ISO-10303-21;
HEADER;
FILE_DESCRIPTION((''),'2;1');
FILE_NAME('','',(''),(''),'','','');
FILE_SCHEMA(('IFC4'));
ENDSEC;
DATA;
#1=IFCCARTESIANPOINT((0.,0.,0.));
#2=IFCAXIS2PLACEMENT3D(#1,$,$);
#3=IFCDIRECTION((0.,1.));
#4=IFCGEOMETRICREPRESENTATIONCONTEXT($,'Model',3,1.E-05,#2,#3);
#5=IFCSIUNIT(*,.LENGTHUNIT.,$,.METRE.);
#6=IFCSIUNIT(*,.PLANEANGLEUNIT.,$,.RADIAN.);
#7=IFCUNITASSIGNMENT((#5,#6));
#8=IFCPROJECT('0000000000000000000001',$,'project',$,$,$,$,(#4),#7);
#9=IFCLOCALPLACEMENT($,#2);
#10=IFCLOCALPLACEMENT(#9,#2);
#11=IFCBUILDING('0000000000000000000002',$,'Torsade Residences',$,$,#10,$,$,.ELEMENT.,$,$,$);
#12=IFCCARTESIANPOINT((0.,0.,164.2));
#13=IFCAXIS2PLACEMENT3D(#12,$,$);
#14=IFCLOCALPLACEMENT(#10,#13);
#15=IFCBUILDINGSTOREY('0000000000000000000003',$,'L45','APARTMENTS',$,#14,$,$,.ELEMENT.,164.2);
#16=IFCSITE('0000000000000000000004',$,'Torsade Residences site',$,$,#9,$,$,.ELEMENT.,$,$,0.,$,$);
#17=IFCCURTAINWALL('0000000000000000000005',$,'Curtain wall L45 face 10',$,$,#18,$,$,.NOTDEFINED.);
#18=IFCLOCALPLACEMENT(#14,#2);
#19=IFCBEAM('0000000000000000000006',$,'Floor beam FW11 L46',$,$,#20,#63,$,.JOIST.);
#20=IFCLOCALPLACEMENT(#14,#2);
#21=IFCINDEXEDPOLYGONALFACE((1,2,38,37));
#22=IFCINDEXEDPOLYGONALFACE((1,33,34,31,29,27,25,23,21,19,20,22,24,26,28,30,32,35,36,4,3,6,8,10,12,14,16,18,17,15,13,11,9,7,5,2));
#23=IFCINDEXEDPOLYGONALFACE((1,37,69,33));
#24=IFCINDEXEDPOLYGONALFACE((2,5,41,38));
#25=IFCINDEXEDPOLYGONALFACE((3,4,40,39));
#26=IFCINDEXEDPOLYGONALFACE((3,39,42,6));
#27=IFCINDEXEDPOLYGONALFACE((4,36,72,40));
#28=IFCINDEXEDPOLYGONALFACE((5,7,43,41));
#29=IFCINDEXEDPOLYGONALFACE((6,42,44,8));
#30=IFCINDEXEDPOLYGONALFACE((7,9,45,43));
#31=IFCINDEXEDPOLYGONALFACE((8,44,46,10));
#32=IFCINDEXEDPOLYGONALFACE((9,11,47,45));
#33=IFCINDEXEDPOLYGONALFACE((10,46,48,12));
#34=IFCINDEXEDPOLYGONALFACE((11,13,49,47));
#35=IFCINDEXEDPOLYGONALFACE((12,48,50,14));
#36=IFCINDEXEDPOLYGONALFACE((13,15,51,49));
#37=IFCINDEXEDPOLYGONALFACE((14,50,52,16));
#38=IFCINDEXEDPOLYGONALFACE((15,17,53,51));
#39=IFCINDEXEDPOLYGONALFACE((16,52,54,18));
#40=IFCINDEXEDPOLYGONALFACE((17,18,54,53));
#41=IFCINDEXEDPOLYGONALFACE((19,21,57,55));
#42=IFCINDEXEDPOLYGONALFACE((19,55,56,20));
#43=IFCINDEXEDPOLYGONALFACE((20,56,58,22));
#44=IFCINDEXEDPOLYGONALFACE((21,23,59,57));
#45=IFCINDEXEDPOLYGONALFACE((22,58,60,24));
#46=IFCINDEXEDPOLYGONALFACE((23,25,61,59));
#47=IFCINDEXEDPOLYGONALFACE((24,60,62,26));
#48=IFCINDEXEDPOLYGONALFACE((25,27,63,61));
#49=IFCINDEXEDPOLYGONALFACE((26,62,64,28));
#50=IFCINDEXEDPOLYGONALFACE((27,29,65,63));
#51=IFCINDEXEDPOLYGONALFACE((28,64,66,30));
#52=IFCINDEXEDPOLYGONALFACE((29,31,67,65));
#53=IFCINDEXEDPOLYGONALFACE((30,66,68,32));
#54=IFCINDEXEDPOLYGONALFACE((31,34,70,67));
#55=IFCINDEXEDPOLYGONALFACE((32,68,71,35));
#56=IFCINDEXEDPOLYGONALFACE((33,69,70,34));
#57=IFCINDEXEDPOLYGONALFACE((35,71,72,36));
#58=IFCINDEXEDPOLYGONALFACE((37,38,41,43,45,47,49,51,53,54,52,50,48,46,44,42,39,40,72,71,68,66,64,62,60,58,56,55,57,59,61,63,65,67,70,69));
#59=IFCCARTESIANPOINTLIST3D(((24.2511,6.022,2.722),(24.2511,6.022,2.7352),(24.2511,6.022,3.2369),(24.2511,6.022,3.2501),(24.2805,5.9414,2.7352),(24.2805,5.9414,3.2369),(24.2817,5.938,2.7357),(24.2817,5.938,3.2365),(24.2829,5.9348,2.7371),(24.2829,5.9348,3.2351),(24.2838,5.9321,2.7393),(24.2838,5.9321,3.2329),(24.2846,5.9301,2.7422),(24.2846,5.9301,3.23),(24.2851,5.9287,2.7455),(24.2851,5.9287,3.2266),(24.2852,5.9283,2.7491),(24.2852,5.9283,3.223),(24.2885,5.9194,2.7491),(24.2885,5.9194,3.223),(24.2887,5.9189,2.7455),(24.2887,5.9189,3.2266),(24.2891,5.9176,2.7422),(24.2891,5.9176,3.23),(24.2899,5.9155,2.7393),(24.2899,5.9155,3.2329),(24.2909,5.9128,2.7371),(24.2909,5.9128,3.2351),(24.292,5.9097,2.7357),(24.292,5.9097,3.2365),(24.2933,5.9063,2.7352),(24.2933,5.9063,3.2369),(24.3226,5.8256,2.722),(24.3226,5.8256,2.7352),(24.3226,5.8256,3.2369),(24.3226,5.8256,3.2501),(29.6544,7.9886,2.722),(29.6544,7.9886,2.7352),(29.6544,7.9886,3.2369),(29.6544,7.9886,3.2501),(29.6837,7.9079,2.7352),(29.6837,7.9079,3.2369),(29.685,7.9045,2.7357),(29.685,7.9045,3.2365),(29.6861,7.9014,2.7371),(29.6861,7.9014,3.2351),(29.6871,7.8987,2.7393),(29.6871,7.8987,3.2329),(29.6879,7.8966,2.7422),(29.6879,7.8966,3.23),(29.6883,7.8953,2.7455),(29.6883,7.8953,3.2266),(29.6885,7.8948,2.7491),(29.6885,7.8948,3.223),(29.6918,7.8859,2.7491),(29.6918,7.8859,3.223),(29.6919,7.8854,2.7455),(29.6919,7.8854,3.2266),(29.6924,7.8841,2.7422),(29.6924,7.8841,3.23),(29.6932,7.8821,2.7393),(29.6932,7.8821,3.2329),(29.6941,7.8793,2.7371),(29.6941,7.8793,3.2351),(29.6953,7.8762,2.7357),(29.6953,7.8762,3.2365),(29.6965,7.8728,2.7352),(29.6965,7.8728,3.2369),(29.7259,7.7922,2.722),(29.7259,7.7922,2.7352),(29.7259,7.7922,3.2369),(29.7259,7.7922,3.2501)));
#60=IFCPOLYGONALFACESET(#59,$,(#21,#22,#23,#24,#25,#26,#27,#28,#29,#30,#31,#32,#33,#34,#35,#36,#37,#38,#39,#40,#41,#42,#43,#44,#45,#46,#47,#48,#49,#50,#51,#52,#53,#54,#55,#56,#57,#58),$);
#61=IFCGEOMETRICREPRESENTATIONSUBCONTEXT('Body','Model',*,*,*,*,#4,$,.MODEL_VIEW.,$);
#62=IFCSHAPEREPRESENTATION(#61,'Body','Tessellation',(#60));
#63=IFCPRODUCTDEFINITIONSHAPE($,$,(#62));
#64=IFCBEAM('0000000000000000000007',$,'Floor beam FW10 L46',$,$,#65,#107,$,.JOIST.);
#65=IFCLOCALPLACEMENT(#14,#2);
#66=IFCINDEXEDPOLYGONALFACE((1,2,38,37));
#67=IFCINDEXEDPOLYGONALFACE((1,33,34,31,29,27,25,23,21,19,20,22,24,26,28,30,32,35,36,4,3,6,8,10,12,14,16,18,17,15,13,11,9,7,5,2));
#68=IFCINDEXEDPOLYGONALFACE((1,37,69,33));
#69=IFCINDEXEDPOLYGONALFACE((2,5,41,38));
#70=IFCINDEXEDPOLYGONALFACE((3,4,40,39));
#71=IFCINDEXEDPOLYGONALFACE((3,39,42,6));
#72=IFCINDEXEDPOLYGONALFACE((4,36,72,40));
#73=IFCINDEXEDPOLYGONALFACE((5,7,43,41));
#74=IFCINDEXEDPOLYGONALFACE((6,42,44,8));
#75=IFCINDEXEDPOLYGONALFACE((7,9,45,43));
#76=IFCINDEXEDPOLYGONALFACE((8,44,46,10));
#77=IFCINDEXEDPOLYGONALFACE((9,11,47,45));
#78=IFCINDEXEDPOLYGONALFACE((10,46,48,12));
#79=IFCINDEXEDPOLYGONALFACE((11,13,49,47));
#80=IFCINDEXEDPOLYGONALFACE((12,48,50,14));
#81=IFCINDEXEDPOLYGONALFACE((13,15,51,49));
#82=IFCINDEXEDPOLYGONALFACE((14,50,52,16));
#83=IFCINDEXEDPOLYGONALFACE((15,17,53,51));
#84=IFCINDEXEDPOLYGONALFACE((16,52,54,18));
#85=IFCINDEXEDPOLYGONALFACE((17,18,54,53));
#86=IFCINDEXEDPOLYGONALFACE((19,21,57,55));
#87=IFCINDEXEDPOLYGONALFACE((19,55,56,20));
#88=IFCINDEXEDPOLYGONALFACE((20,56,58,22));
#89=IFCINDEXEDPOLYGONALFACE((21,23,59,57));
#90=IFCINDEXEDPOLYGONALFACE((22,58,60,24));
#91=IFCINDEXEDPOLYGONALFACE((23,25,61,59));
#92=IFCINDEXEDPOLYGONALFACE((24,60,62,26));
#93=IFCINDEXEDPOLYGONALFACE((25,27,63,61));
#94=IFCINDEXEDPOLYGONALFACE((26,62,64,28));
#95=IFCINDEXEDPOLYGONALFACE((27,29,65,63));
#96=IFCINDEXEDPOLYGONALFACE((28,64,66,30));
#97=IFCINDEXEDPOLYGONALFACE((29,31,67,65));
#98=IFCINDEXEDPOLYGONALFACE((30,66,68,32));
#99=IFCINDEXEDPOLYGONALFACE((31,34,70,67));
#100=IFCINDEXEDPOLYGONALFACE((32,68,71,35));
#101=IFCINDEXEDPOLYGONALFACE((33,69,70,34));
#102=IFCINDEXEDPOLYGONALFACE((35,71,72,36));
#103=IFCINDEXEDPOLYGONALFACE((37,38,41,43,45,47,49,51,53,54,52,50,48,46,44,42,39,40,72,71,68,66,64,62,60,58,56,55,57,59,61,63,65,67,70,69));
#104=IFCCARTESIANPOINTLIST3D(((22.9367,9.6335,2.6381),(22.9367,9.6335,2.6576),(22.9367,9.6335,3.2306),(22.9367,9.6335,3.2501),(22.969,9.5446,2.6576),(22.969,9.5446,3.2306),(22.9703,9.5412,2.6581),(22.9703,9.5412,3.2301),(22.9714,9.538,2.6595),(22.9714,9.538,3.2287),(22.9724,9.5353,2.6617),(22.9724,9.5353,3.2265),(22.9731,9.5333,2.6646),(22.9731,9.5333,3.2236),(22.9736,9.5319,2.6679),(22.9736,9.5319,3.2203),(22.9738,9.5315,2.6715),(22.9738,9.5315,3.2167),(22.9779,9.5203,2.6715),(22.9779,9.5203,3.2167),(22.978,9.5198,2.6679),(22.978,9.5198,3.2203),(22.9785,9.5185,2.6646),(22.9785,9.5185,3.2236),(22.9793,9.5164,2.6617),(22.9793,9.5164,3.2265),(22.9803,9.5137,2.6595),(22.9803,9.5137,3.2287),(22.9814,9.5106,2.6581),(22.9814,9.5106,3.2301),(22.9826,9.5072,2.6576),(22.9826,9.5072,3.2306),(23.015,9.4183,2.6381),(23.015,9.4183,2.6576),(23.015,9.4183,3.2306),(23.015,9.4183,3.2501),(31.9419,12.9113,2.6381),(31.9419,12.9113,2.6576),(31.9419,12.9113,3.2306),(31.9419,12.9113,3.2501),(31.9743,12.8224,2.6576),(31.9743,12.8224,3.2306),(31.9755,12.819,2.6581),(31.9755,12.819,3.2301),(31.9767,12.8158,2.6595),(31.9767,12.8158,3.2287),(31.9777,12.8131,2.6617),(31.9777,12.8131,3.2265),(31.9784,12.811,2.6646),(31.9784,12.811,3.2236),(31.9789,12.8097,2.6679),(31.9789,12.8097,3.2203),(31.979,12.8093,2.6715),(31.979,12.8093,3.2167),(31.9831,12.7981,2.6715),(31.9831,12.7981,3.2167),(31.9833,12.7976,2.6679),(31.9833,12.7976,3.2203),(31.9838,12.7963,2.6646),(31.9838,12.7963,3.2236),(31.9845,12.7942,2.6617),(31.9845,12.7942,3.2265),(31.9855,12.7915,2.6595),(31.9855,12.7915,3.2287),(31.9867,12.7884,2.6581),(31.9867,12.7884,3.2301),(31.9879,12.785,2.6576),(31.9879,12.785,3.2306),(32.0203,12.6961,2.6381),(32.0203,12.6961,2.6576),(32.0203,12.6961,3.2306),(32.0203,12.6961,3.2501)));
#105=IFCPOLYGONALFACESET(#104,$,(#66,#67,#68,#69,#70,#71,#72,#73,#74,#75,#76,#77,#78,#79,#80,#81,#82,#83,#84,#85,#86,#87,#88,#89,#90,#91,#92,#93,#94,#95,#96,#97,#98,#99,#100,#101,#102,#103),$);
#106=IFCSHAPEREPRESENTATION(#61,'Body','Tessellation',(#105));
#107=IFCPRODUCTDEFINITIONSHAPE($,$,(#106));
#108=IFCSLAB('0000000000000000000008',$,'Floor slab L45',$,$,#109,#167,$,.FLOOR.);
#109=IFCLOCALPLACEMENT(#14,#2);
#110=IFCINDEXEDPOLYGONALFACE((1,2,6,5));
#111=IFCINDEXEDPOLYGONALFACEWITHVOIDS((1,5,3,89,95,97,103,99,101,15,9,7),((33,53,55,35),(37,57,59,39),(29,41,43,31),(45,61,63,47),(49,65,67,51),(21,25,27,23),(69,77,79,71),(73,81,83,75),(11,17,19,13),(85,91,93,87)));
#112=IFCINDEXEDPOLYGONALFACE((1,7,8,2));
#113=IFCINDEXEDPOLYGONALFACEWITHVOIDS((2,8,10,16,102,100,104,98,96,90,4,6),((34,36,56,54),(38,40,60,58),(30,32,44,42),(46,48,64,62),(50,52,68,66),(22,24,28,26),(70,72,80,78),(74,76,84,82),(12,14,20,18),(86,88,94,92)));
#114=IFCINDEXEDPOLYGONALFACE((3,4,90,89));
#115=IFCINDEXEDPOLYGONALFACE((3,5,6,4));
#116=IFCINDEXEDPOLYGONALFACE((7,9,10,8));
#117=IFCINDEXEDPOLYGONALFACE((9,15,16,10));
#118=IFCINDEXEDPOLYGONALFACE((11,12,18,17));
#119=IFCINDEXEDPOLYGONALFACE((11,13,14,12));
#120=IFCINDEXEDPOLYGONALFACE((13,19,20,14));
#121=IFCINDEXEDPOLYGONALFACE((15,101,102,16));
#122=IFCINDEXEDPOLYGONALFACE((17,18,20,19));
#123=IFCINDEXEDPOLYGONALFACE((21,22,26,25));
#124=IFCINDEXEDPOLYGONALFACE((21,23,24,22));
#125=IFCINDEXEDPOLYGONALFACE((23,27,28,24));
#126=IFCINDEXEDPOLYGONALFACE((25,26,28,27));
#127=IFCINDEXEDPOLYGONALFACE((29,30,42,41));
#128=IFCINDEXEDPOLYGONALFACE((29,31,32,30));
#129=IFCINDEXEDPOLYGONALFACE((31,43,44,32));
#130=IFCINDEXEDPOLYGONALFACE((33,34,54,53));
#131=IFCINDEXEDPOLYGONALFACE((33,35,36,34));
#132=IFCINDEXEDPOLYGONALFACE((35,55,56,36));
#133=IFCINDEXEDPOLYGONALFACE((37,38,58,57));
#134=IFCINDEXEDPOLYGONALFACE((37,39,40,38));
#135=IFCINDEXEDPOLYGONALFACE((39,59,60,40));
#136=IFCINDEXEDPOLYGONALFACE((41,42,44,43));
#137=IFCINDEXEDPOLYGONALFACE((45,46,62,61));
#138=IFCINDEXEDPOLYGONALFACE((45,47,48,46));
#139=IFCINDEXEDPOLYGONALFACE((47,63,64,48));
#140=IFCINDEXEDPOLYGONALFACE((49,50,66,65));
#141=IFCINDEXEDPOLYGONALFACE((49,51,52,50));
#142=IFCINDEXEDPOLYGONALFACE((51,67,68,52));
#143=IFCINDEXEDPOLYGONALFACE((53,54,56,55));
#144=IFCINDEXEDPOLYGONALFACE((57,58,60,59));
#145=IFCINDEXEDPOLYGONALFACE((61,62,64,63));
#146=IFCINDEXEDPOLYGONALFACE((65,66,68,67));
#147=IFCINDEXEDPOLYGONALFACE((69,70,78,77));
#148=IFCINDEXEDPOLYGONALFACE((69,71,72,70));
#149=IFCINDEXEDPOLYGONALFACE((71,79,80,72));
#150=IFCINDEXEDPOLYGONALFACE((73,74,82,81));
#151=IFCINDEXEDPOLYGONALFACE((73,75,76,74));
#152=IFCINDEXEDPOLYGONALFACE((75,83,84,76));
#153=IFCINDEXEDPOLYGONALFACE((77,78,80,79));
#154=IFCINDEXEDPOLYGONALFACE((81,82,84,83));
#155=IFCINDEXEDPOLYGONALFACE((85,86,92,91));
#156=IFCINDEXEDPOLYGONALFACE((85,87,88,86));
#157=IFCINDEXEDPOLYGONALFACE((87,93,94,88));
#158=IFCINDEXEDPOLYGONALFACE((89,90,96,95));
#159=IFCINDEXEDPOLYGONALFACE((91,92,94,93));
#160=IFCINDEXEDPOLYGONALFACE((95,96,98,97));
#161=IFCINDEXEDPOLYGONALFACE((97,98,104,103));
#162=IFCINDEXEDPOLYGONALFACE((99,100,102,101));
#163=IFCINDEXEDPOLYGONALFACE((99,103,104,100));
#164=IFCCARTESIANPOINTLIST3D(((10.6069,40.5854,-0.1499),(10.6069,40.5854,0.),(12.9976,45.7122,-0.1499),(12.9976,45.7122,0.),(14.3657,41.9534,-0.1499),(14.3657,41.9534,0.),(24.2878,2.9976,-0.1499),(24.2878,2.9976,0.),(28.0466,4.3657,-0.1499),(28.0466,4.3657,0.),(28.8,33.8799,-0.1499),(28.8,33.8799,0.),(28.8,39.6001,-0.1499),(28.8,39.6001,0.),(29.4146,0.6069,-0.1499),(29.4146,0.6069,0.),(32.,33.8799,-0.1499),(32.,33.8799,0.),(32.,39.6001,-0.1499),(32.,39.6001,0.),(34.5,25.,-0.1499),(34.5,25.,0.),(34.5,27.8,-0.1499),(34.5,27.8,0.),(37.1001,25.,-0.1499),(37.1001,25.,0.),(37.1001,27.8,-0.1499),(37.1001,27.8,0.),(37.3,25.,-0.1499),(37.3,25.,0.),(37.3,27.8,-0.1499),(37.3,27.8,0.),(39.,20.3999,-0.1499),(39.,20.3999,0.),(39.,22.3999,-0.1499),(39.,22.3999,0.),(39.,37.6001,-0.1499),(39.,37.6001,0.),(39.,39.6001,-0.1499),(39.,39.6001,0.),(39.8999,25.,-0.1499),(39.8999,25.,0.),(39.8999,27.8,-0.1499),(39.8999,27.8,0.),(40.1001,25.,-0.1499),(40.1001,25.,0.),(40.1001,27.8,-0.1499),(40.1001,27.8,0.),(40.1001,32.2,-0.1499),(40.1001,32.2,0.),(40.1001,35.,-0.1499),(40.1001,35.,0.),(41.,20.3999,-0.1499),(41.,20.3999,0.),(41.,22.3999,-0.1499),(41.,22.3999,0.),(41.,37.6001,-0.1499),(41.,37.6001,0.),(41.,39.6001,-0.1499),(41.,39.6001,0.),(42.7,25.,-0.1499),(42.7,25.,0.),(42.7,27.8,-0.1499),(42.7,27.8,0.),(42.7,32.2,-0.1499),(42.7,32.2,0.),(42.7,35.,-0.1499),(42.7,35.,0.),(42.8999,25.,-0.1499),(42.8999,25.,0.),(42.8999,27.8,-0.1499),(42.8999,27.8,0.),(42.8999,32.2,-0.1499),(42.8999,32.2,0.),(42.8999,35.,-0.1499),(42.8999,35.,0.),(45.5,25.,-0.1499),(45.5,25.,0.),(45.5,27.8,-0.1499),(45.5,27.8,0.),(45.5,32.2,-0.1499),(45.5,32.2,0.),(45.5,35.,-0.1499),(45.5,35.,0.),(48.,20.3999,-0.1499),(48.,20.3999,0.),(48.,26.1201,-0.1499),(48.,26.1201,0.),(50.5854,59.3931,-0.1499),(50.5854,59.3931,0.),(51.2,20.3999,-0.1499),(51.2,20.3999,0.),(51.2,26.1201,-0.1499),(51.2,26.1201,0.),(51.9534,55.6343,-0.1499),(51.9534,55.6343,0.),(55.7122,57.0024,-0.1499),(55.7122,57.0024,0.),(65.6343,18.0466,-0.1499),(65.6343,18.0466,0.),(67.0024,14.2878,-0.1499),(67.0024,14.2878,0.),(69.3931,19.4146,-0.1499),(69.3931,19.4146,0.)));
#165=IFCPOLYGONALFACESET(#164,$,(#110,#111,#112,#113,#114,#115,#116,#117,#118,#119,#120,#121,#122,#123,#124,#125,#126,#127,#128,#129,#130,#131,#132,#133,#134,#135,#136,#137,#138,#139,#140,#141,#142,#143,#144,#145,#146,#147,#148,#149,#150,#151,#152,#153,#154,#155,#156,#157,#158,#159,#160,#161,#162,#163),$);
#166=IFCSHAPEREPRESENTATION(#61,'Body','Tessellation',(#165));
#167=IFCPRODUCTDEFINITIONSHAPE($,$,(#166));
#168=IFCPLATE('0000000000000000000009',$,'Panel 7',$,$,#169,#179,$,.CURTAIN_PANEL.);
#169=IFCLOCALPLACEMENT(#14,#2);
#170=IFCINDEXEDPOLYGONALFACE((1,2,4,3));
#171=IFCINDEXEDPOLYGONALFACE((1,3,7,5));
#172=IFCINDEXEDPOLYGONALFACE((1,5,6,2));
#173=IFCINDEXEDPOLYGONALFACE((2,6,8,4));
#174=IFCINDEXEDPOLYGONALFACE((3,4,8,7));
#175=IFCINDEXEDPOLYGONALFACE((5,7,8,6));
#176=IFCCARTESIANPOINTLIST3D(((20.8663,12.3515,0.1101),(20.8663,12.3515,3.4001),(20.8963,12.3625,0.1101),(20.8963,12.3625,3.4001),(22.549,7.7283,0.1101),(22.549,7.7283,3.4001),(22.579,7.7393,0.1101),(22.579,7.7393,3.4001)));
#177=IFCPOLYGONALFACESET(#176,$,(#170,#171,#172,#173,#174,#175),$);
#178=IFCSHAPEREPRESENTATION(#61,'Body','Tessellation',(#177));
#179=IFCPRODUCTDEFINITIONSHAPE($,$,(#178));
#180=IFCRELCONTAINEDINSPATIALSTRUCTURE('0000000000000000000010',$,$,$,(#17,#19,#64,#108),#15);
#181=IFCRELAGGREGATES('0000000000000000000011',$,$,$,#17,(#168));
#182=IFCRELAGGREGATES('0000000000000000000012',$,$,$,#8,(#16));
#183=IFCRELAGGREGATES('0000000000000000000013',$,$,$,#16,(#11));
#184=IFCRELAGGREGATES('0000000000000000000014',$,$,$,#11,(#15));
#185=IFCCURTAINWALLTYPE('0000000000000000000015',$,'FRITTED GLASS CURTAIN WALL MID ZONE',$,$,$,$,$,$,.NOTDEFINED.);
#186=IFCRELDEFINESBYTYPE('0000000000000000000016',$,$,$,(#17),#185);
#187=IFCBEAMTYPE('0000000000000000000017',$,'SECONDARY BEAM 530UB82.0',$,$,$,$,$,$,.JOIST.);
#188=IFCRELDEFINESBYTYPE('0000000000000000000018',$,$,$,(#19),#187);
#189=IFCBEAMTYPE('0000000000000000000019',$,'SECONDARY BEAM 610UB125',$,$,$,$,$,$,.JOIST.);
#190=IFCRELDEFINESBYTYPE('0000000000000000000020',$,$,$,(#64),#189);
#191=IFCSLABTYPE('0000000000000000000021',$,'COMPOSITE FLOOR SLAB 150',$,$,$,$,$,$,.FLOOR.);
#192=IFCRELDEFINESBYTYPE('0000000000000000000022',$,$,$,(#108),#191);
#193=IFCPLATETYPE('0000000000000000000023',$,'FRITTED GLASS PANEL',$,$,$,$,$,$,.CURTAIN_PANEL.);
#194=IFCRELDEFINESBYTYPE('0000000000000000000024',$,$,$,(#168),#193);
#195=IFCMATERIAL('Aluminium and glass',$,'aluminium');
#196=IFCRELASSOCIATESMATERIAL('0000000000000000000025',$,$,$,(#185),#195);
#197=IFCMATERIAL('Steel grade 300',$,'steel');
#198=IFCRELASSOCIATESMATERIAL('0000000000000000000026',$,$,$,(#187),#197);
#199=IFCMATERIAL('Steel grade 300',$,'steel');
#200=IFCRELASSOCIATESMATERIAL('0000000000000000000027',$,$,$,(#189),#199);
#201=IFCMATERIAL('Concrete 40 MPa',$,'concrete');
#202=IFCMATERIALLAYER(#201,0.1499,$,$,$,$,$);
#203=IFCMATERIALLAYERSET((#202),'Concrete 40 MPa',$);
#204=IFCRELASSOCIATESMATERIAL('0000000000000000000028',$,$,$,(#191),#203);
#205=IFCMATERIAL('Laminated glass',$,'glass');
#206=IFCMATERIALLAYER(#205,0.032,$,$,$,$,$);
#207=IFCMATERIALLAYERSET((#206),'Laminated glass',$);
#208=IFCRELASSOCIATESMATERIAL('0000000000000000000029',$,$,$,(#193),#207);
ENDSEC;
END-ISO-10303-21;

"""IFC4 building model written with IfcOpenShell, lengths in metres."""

from ifc_helpers import new_model, si_unit, direction, frame, origin, origin_2d, place, context, subcontext, project, spatial, polyline, rectangle, i_section, outline, extrude, material, layer, layer_set, material_profile, profile_set, type_object, element, aggregate, save


model = new_model("IFC4")

# Units and contexts
model_context = context("Model", 3, precision=1e-05, world=origin(), true_north=direction((0.0, 1.0)))
body_context = subcontext(model_context, "Body", "Model", "MODEL_VIEW")
ifc_project = project(units=[si_unit("LENGTHUNIT", "METRE"), si_unit("PLANEANGLEUNIT", "RADIAN")], contexts=[model_context])

# Site, building, storey
site_placement = place(None, origin())
site = spatial("IfcSite", under=ifc_project, at=site_placement, Name="Torsade Residences site", CompositionType="ELEMENT", RefElevation=0.0)
building_placement = place(site_placement, origin())
building = spatial("IfcBuilding", under=site, at=building_placement, Name="Torsade Residences", CompositionType="ELEMENT")
storey_placement = place(building_placement, frame((0.0, 0.0, 164.2)))
storey = spatial("IfcBuildingStorey", under=building, at=storey_placement, Name="L45", Description="APARTMENTS", CompositionType="ELEMENT", Elevation=164.2)

# Curtain wall
ifc_material_1 = material(Name="Aluminium and glass", Category="aluminium")
curtain_wall_type = type_object("IfcCurtainWallType", Name="FRITTED GLASS CURTAIN WALL MID ZONE", PredefinedType="NOTDEFINED", material=ifc_material_1)
curtain_wall_placement = place(storey_placement, origin())
curtain_wall = element("IfcCurtainWall", 1, at=curtain_wall_placement, inside=storey, type_object=curtain_wall_type, Name="Curtain wall L45 face 10", PredefinedType="NOTDEFINED")

# Beams
ifc_material_2 = material(Name="Steel grade 300", Category="steel")
ifc_material_profile_1 = material_profile(ifc_material_2, i_section(OverallWidth=0.209, OverallDepth=0.5281, WebThickness=0.0095, FlangeThickness=0.0132, FilletRadius=0.0139, at=origin_2d()), Name="530UB82.0")
ifc_profile_set_1 = profile_set([ifc_material_profile_1], Name="Steel grade 300")
beam_type_1 = type_object("IfcBeamType", Name="SECONDARY BEAM 530UB82.0", PredefinedType="JOIST", material=ifc_profile_set_1)
beam_1_placement = place(storey_placement, frame((24.2869, 5.9238, 2.9861), z_axis=(0.939698, 0.342006, 0.0), x_axis=(-0.342006, 0.939698, 0.0)))
element("IfcBeam", 2, at=beam_1_placement, inside=storey, type_object=beam_type_1, Name="Floor beam FW11 L46", PredefinedType="JOIST", context=body_context, shape_type="SweptSolid", body=[
    extrude(i_section(OverallWidth=0.209, OverallDepth=0.5281, WebThickness=0.0095, FlangeThickness=0.0132, FilletRadius=0.0139, at=origin_2d()), origin(), (0.0, 0.0, 1.0), 5.75),
])
ifc_material_3 = material(Name="Steel grade 300", Category="steel")
ifc_material_profile_2 = material_profile(ifc_material_3, i_section(OverallWidth=0.229, OverallDepth=0.6121, WebThickness=0.012, FlangeThickness=0.0195, FilletRadius=0.0139, at=origin_2d()), Name="610UB125")
ifc_profile_set_2 = profile_set([ifc_material_profile_2], Name="Steel grade 300")
beam_type_2 = type_object("IfcBeamType", Name="SECONDARY BEAM 610UB125", PredefinedType="JOIST", material=ifc_profile_set_2)
beam_2_placement = place(storey_placement, frame((22.9758, 9.5259, 2.9441), z_axis=(0.939688, 0.342034, 0.0), x_axis=(-0.342034, 0.939688, 0.0)))
element("IfcBeam", 3, at=beam_2_placement, inside=storey, type_object=beam_type_2, Name="Floor beam FW10 L46", PredefinedType="JOIST", context=body_context, shape_type="SweptSolid", body=[
    extrude(i_section(OverallWidth=0.229, OverallDepth=0.6121, WebThickness=0.012, FlangeThickness=0.0195, FilletRadius=0.0139, at=origin_2d()), origin(), (0.0, 0.0, 1.0), 9.5833),
])

# Slab
ifc_material_4 = material(Name="Concrete 40 MPa", Category="concrete")
ifc_layer_1 = layer(ifc_material_4, 0.1499)
ifc_layer_set_1 = layer_set([ifc_layer_1], Name="Concrete 40 MPa")
slab_type_1 = type_object("IfcSlabType", Name="COMPOSITE FLOOR SLAB 150", PredefinedType="FLOOR", material=ifc_layer_set_1)
slab_1_placement = place(storey_placement, frame((0.0, 0.0, -0.1499)))
element("IfcSlab", 4, at=slab_1_placement, inside=storey, type_object=slab_type_1, Name="Floor slab L45", PredefinedType="FLOOR", context=body_context, shape_type="SweptSolid", body=[
    extrude(outline(polyline([(29.4146, 0.6069), (67.0024, 14.2878), (65.6343, 18.0466), (69.3931, 19.4146), (55.7122, 57.0024), (51.9534, 55.6343), (50.5854, 59.3931), (12.9976, 45.7122), (14.3657, 41.9534), (10.6069, 40.5854), (24.2878, 2.9976), (28.0466, 4.3657), (29.4146, 0.6069)]), holes=[polyline([(51.2, 26.1201), (48.0, 26.1201), (48.0, 20.3999), (51.2, 20.3999), (51.2, 26.1201)]), polyline([(45.5, 27.8), (42.8999, 27.8), (42.8999, 25.0), (45.5, 25.0), (45.5, 27.8)]), polyline([(45.5, 35.0), (42.8999, 35.0), (42.8999, 32.2), (45.5, 32.2), (45.5, 35.0)]), polyline([(42.7, 25.0), (42.7, 27.8), (40.1001, 27.8), (40.1001, 25.0), (42.7, 25.0)]), polyline([(42.7, 35.0), (40.1001, 35.0), (40.1001, 32.2), (42.7, 32.2), (42.7, 35.0)]), polyline([(41.0, 22.3999), (39.0, 22.3999), (39.0, 20.3999), (41.0, 20.3999), (41.0, 22.3999)]), polyline([(41.0, 37.6001), (41.0, 39.6001), (39.0, 39.6001), (39.0, 37.6001), (41.0, 37.6001)]), polyline([(39.8999, 25.0), (39.8999, 27.8), (37.3, 27.8), (37.3, 25.0), (39.8999, 25.0)]), polyline([(37.1001, 27.8), (34.5, 27.8), (34.5, 25.0), (37.1001, 25.0), (37.1001, 27.8)]), polyline([(32.0, 33.8799), (32.0, 39.6001), (28.8, 39.6001), (28.8, 33.8799), (32.0, 33.8799)])]), origin(), (0.0, 0.0, 1.0), 0.1499),
])

# Plate
ifc_material_5 = material(Name="Laminated glass", Category="glass")
ifc_layer_2 = layer(ifc_material_5, 0.032)
ifc_layer_set_2 = layer_set([ifc_layer_2], Name="Laminated glass")
plate_type = type_object("IfcPlateType", Name="FRITTED GLASS PANEL", PredefinedType="CURTAIN_PANEL", material=ifc_layer_set_2)
plate_1_placement = place(storey_placement, frame((21.7227, 10.0454, 0.1101), z_axis=(0.0, 0.0, 1.0), x_axis=(0.34202, -0.939693, 0.0)))
plate_1 = element("IfcPlate", 5, at=plate_1_placement, type_object=plate_type, Name="Panel 7", PredefinedType="CURTAIN_PANEL", context=body_context, shape_type="SweptSolid", body=[
    extrude(rectangle(XDim=4.9199, YDim=0.032, at=origin_2d()), origin(), (0.0, 0.0, 1.0), 3.29),
])
aggregate(curtain_wall, [plate_1])

save(model, "model.ifc")
